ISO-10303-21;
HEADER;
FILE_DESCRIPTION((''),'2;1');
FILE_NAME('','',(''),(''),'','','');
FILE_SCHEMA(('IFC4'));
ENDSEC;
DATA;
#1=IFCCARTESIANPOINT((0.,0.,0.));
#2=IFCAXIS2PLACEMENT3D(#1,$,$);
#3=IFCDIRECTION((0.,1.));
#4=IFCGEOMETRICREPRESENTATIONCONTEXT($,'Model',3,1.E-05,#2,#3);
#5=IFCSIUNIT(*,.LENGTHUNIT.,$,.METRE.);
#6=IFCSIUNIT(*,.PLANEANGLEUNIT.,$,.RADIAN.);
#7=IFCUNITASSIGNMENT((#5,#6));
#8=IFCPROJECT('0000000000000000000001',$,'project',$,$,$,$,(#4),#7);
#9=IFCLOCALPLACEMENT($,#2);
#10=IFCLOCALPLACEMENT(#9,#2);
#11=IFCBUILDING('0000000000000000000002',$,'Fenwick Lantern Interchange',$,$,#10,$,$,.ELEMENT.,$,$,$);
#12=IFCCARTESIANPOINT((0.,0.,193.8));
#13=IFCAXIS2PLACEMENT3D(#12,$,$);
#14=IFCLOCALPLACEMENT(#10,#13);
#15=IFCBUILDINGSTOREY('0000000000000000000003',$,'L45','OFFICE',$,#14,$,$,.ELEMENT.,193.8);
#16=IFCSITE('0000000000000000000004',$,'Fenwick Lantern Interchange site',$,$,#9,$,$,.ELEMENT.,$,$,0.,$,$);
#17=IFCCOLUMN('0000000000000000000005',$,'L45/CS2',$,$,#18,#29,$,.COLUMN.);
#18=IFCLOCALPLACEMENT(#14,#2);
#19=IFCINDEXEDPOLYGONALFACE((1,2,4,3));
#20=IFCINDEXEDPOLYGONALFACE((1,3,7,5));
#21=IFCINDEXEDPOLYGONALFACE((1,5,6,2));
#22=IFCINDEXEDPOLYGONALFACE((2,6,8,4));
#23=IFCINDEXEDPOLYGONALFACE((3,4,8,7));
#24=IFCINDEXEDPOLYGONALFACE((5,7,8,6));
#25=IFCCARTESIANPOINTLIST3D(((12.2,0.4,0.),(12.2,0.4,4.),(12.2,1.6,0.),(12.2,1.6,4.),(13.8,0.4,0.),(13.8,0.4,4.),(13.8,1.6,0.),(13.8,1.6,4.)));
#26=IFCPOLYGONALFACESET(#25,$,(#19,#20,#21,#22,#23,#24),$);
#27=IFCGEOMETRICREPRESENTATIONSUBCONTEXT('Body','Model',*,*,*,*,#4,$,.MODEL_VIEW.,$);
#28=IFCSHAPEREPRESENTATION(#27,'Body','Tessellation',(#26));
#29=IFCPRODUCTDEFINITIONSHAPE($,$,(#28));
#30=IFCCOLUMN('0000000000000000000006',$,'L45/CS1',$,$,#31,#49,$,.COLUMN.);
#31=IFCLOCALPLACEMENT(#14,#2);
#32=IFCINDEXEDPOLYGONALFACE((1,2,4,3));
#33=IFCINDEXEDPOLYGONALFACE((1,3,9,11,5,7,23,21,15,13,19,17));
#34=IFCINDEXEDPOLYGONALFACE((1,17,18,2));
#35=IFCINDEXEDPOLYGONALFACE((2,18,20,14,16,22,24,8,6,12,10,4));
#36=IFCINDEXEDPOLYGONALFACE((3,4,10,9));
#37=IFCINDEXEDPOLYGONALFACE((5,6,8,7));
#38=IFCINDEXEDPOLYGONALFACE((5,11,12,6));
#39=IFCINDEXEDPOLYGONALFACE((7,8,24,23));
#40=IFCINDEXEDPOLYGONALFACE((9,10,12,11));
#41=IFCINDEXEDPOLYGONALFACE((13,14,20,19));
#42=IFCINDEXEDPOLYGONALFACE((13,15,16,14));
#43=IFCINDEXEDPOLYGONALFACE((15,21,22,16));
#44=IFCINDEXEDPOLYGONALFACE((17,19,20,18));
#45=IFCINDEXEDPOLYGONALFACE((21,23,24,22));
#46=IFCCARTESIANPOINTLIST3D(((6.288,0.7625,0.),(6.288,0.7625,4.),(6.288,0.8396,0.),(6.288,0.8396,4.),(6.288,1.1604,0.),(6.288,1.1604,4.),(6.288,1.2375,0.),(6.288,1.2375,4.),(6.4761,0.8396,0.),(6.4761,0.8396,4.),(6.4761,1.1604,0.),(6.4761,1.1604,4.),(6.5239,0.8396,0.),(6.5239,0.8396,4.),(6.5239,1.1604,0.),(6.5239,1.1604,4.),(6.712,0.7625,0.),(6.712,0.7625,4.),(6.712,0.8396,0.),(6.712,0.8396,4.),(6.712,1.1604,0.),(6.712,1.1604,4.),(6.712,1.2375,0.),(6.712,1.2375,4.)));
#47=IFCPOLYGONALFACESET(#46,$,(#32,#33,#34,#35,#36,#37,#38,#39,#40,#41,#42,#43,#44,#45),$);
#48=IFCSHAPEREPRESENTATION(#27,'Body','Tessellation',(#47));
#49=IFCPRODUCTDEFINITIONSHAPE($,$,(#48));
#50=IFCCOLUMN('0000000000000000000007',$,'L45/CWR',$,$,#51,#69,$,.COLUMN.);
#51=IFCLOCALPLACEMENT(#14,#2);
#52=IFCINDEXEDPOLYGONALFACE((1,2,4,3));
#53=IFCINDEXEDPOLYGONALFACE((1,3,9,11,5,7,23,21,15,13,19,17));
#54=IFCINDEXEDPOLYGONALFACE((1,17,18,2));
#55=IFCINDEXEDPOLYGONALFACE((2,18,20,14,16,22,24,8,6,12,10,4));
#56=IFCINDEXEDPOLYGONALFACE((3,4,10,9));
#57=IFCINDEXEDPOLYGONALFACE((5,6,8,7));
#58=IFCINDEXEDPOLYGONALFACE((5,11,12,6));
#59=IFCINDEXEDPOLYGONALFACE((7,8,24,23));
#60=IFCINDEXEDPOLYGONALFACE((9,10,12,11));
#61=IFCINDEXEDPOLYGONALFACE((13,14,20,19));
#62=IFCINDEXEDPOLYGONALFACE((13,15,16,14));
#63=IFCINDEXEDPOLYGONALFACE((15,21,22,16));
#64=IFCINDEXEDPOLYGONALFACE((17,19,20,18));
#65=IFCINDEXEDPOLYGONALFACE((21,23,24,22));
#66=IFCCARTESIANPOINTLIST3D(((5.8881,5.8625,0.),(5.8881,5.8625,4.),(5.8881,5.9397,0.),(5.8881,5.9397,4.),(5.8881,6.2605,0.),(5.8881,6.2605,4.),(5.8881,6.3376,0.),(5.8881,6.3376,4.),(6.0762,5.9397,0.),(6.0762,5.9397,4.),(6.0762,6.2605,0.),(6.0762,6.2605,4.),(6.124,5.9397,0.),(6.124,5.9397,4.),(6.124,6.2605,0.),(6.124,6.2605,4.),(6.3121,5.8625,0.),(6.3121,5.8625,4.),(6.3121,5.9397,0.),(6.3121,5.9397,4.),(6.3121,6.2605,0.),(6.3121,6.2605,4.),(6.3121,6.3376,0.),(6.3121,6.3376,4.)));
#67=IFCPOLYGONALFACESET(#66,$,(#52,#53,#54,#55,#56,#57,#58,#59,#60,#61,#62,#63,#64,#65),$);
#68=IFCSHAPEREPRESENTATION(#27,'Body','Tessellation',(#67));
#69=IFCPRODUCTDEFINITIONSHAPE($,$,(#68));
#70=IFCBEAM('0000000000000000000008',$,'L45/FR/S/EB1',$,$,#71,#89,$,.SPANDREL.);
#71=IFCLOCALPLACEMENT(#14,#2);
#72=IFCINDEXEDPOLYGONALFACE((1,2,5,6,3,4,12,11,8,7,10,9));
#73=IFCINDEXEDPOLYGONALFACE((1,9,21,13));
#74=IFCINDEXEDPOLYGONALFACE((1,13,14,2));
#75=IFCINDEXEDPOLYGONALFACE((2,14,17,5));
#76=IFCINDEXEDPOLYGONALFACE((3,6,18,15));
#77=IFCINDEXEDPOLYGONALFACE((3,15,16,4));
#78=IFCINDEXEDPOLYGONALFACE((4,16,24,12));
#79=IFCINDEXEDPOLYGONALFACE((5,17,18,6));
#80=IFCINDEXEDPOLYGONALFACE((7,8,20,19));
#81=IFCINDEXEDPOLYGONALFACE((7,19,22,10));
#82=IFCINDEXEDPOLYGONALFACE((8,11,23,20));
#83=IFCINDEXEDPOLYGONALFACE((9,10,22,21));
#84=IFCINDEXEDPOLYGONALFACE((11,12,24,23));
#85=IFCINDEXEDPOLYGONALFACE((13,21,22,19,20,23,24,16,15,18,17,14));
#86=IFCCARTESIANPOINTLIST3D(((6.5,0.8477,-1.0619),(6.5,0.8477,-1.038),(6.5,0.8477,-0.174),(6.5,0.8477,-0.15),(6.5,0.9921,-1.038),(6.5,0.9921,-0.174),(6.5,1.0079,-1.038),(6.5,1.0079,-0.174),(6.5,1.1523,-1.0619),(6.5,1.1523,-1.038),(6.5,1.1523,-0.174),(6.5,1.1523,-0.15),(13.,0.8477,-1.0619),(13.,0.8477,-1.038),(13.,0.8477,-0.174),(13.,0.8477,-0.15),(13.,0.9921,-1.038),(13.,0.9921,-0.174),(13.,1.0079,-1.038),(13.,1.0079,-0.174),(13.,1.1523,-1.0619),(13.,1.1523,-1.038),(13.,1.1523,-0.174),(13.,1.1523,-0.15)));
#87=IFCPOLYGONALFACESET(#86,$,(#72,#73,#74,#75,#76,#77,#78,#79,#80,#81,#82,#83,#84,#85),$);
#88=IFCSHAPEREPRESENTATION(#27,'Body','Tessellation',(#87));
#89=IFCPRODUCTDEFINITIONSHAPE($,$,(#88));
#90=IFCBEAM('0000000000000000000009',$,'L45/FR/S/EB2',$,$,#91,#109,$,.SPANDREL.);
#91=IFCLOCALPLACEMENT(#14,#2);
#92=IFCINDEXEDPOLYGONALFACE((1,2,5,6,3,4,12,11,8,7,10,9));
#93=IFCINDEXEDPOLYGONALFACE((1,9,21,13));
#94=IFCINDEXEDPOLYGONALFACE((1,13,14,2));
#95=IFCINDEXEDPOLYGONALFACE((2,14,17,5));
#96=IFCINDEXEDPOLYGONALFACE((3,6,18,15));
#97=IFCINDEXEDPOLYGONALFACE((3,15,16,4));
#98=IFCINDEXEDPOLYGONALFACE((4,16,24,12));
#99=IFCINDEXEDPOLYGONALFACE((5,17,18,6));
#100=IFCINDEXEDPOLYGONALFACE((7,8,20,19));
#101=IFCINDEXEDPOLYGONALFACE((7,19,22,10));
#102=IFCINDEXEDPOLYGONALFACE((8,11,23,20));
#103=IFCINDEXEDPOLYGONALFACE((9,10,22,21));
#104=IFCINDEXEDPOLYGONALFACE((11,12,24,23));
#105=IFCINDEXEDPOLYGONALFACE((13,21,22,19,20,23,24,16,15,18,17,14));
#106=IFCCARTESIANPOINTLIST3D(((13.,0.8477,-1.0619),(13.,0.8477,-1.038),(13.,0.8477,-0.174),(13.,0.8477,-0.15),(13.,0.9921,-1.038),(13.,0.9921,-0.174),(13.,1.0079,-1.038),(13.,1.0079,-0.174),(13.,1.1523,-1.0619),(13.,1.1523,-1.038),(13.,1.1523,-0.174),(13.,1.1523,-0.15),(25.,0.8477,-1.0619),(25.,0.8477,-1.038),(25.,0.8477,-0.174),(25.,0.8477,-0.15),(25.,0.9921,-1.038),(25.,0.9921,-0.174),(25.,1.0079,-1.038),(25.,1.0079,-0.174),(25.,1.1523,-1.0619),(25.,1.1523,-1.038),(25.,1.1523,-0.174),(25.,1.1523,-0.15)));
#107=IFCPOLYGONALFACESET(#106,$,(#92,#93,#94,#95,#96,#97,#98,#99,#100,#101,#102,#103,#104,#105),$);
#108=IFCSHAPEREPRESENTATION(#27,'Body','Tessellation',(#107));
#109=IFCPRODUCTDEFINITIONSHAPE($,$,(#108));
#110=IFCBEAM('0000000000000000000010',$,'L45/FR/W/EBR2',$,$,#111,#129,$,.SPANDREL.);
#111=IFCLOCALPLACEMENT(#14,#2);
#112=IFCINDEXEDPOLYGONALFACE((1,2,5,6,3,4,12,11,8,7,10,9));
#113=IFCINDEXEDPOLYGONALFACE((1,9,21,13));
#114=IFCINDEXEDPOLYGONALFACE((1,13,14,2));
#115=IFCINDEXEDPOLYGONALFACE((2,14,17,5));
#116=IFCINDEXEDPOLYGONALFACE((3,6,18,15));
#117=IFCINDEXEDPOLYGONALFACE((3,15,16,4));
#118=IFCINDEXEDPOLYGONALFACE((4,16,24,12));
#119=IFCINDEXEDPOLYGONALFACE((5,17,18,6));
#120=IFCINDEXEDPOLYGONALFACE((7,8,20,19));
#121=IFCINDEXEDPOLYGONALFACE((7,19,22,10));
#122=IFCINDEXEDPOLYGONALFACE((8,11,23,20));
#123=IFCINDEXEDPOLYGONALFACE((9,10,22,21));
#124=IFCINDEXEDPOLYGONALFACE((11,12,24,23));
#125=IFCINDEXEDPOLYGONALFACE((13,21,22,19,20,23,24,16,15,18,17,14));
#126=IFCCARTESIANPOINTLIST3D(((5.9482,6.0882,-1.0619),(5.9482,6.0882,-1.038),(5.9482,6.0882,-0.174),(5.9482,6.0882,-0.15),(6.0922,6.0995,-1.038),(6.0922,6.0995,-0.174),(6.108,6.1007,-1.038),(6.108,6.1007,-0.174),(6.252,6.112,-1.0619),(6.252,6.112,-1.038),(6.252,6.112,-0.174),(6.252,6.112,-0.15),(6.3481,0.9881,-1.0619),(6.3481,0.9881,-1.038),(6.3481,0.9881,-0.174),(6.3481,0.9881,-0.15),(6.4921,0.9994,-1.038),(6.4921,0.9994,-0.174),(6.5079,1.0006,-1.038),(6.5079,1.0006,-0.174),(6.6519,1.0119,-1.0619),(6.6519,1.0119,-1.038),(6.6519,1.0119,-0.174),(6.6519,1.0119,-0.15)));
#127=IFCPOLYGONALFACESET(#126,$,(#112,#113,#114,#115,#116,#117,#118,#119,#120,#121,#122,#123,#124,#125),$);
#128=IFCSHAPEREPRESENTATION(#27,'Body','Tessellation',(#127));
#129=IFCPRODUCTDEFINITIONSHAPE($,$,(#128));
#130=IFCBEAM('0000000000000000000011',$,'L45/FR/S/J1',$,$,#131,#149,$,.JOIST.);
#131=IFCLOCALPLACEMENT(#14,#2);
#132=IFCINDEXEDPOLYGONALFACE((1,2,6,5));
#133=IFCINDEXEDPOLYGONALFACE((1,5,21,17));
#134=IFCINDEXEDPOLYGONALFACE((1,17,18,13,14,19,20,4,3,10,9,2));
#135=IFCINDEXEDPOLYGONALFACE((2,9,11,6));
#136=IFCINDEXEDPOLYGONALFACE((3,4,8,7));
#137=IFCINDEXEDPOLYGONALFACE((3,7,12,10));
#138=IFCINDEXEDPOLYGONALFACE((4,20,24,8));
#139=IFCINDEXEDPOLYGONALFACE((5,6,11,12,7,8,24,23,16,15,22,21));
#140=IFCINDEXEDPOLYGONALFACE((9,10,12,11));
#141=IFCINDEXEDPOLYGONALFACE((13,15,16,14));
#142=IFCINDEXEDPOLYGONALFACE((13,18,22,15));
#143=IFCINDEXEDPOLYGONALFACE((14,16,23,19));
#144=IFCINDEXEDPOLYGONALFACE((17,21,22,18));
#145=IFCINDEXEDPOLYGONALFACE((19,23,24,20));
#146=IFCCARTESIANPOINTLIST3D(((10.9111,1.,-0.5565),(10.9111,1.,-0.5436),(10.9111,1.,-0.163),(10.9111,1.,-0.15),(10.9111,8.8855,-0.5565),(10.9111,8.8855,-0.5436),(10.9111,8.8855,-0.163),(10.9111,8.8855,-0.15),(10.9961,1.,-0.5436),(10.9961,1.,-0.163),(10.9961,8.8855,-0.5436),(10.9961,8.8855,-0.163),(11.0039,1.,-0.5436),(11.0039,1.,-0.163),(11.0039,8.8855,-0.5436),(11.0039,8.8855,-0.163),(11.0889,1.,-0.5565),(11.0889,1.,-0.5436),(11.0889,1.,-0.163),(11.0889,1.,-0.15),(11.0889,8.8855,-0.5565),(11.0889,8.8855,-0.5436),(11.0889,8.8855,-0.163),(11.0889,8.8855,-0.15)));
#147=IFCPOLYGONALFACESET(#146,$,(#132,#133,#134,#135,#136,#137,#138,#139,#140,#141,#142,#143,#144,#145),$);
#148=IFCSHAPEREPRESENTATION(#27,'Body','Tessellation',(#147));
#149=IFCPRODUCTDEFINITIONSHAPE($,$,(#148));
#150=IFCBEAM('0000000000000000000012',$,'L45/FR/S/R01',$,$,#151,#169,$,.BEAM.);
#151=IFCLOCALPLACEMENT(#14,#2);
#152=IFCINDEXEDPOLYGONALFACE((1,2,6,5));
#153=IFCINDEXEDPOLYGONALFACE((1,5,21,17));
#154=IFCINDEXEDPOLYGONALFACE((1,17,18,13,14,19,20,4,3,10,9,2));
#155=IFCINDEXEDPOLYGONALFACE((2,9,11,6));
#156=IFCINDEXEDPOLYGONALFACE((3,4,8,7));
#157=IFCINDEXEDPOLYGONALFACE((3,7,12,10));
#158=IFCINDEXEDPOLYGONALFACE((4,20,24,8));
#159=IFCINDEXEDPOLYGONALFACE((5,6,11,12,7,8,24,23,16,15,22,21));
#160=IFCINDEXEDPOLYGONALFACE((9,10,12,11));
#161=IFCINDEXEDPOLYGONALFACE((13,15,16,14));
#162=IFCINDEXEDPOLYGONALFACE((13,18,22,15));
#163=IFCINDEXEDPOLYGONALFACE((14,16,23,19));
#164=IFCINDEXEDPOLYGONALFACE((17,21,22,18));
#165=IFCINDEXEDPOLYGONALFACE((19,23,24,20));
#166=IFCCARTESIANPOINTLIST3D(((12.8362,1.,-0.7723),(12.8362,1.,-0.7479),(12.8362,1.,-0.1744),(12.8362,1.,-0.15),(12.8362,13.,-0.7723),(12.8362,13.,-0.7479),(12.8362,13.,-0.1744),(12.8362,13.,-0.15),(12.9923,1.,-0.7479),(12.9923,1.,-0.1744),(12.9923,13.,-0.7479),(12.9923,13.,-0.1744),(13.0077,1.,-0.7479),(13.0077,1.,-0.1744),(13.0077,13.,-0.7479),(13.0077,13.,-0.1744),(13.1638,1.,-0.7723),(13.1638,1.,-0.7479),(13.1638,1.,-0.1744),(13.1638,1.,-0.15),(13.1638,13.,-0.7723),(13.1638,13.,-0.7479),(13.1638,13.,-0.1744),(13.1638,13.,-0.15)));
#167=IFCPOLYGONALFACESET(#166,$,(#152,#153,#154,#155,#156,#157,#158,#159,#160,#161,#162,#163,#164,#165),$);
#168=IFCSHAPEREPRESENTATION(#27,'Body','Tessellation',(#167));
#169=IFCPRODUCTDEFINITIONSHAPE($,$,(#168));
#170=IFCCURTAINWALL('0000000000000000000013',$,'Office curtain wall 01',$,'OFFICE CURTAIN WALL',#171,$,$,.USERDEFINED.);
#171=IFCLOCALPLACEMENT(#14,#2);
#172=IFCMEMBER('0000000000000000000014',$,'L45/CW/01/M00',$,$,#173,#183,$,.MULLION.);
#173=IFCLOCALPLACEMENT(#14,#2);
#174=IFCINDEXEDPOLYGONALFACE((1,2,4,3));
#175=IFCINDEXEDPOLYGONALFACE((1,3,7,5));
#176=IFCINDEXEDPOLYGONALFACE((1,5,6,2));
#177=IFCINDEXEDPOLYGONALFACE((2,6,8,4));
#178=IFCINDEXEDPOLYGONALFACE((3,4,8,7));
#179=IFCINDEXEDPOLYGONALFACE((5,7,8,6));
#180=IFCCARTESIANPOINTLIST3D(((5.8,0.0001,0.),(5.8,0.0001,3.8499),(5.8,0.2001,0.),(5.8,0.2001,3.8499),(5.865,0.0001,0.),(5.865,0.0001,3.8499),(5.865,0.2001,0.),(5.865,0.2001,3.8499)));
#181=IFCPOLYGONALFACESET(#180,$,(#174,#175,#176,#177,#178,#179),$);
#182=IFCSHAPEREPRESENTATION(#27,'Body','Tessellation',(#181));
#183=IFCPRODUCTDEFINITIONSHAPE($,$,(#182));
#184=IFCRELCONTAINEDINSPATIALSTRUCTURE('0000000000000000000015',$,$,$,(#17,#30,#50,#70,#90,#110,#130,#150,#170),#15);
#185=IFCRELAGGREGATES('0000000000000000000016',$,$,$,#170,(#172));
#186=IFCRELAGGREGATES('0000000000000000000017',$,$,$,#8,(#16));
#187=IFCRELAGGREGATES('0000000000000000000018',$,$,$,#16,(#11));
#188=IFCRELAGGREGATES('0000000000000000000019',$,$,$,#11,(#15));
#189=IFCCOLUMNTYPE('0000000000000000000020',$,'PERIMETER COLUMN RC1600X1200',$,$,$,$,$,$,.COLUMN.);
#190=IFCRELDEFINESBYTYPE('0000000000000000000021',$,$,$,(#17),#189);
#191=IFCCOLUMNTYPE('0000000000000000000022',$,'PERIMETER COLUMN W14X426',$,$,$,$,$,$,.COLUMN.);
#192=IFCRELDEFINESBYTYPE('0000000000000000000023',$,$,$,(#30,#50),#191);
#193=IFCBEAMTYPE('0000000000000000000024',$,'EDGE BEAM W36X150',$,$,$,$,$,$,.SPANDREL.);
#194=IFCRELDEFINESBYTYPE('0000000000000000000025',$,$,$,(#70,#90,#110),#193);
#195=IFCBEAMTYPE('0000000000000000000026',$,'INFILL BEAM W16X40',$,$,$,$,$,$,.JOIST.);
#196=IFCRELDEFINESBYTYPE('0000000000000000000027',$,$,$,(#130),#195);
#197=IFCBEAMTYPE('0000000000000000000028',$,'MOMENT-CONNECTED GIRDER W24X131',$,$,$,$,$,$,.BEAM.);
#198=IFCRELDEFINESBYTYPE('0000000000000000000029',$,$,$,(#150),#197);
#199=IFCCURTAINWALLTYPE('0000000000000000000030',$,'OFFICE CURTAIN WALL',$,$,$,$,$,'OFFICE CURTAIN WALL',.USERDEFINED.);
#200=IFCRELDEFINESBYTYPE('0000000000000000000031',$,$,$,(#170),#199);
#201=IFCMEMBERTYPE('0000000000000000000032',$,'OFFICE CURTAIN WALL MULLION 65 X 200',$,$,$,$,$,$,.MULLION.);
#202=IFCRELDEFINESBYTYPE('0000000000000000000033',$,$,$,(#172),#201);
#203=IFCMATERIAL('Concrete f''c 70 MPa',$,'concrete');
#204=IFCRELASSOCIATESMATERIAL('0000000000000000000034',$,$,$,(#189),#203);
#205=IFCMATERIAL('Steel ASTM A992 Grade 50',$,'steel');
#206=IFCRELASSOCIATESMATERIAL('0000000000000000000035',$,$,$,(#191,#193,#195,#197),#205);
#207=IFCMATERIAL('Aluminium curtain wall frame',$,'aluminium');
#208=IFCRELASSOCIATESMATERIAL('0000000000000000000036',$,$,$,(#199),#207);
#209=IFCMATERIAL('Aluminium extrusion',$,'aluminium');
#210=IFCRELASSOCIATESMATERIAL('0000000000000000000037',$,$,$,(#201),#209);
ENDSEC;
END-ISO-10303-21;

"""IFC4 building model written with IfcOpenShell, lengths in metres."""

from ifc_helpers import new_model, si_unit, direction, frame, origin, origin_2d, place, context, subcontext, project, spatial, rectangle, i_section, extrude, material, material_profile, profile_set, type_object, element, aggregate, save


model = new_model("IFC4")

# Units and contexts
model_context = context("Model", 3, precision=1e-05, world=origin(), true_north=direction((0.0, 1.0)))
body_context = subcontext(model_context, "Body", "Model", "MODEL_VIEW")
ifc_project = project(units=[si_unit("LENGTHUNIT", "METRE"), si_unit("PLANEANGLEUNIT", "RADIAN")], contexts=[model_context])

# Site, building, storey
site_placement = place(None, origin())
site = spatial("IfcSite", under=ifc_project, at=site_placement, Name="Fenwick Lantern Interchange site", CompositionType="ELEMENT", RefElevation=0.0)
building_placement = place(site_placement, origin())
building = spatial("IfcBuilding", under=site, at=building_placement, Name="Fenwick Lantern Interchange", CompositionType="ELEMENT")
storey_placement = place(building_placement, frame((0.0, 0.0, 193.8)))
storey = spatial("IfcBuildingStorey", under=building, at=storey_placement, Name="L45", Description="OFFICE", CompositionType="ELEMENT", Elevation=193.8)

# Columns
ifc_material_1 = material(Name="Concrete f'c 70 MPa", Category="concrete")
ifc_material_profile_1 = material_profile(ifc_material_1, rectangle(XDim=1.6001, YDim=1.2, at=origin_2d()), Name="RC1600X1200")
ifc_profile_set_1 = profile_set([ifc_material_profile_1], Name="Concrete f'c 70 MPa")
column_type_1 = type_object("IfcColumnType", Name="PERIMETER COLUMN RC1600X1200", PredefinedType="COLUMN", material=ifc_profile_set_1)
column_placement = place(storey_placement, frame((13.0, 1.0, 0.0), z_axis=(0.0, 0.0, 1.0), x_axis=(1.0, 0.0, 0.0)))
element("IfcColumn", 1, at=column_placement, inside=storey, type_object=column_type_1, Name="L45/CS2", PredefinedType="COLUMN", context=body_context, shape_type="SweptSolid", body=[
    extrude(rectangle(XDim=1.6001, YDim=1.2, at=origin_2d()), origin(), (0.0, 0.0, 1.0), 4.0),
])
ifc_material_2 = material(Name="Steel ASTM A992 Grade 50", Category="steel")
ifc_material_profile_2 = material_profile(ifc_material_2, i_section(OverallWidth=0.4241, OverallDepth=0.4751, WebThickness=0.0479, FlangeThickness=0.0771, at=origin_2d()), Name="W14X426")
ifc_profile_set_2 = profile_set([ifc_material_profile_2], Name="Steel ASTM A992 Grade 50")
column_type_2 = type_object("IfcColumnType", Name="PERIMETER COLUMN W14X426", PredefinedType="COLUMN", material=ifc_profile_set_2)
for number, where, z_axis, x_axis, name in (
    (2, (6.5, 1.0, 0.0), (0.0, 0.0, 1.0), (1.0, 0.0, 0.0), "L45/CS1"),
    (3, (6.1001, 6.1001, 0.0), (0.0, 0.0, 1.0), (1.0, 0.0, 0.0), "L45/CWR"),
):
    element("IfcColumn", number, at=place(storey_placement, frame(where, z_axis=z_axis, x_axis=x_axis)), inside=storey, type_object=column_type_2, Name=name, PredefinedType="COLUMN", context=body_context, shape_type="SweptSolid", body=[
        extrude(i_section(OverallWidth=0.4241, OverallDepth=0.4751, WebThickness=0.0479, FlangeThickness=0.0771, at=origin_2d()), origin(), (0.0, 0.0, 1.0), 4.0),
    ])

# Beams
ifc_material_profile_3 = material_profile(ifc_material_2, i_section(OverallWidth=0.3047, OverallDepth=0.9119, WebThickness=0.0159, FlangeThickness=0.0239, at=origin_2d()), Name="W36X150")
ifc_profile_set_3 = profile_set([ifc_material_profile_3], Name="Steel ASTM A992 Grade 50")
beam_type_1 = type_object("IfcBeamType", Name="EDGE BEAM W36X150", PredefinedType="SPANDREL", material=ifc_profile_set_3)
beam_1_placement = place(storey_placement, frame((6.5, 1.0, -0.606), z_axis=(1.0, 0.0, 0.0), x_axis=(0.0, 1.0, 0.0)))
element("IfcBeam", 4, at=beam_1_placement, inside=storey, type_object=beam_type_1, Name="L45/FR/S/EB1", PredefinedType="SPANDREL", context=body_context, shape_type="SweptSolid", body=[
    extrude(i_section(OverallWidth=0.3047, OverallDepth=0.9119, WebThickness=0.0159, FlangeThickness=0.0239, at=origin_2d()), origin(), (0.0, 0.0, 1.0), 6.5),
])
beam_2_placement = place(storey_placement, frame((13.0, 1.0, -0.606), z_axis=(1.0, 0.0, 0.0), x_axis=(0.0, 1.0, 0.0)))
element("IfcBeam", 5, at=beam_2_placement, inside=storey, type_object=beam_type_1, Name="L45/FR/S/EB2", PredefinedType="SPANDREL", context=body_context, shape_type="SweptSolid", body=[
    extrude(i_section(OverallWidth=0.3047, OverallDepth=0.9119, WebThickness=0.0159, FlangeThickness=0.0239, at=origin_2d()), origin(), (0.0, 0.0, 1.0), 12.0),
])
beam_3_placement = place(storey_placement, frame((6.1001, 6.1001, -0.606), z_axis=(0.078171, -0.99694, 0.0), x_axis=(0.99694, 0.078171, 0.0)))
element("IfcBeam", 6, at=beam_3_placement, inside=storey, type_object=beam_type_1, Name="L45/FR/W/EBR2", PredefinedType="SPANDREL", context=body_context, shape_type="SweptSolid", body=[
    extrude(i_section(OverallWidth=0.3047, OverallDepth=0.9119, WebThickness=0.0159, FlangeThickness=0.0239, at=origin_2d()), origin(), (0.0, 0.0, 1.0), 5.1157),
])
ifc_material_profile_4 = material_profile(ifc_material_2, i_section(OverallWidth=0.1777, OverallDepth=0.4065, WebThickness=0.0078, FlangeThickness=0.0129, at=origin_2d()), Name="W16X40")
ifc_profile_set_4 = profile_set([ifc_material_profile_4], Name="Steel ASTM A992 Grade 50")
beam_type_2 = type_object("IfcBeamType", Name="INFILL BEAM W16X40", PredefinedType="JOIST", material=ifc_profile_set_4)
beam_4_placement = place(storey_placement, frame((11.0, 1.0, -0.3533), z_axis=(0.0, 1.0, 0.0), x_axis=(-1.0, 0.0, 0.0)))
element("IfcBeam", 7, at=beam_4_placement, inside=storey, type_object=beam_type_2, Name="L45/FR/S/J1", PredefinedType="JOIST", context=body_context, shape_type="SweptSolid", body=[
    extrude(i_section(OverallWidth=0.1777, OverallDepth=0.4065, WebThickness=0.0078, FlangeThickness=0.0129, at=origin_2d()), origin(), (0.0, 0.0, 1.0), 7.8855),
])
ifc_material_profile_5 = material_profile(ifc_material_2, i_section(OverallWidth=0.3276, OverallDepth=0.6223, WebThickness=0.0154, FlangeThickness=0.0244, at=origin_2d()), Name="W24X131")
ifc_profile_set_5 = profile_set([ifc_material_profile_5], Name="Steel ASTM A992 Grade 50")
beam_type_3 = type_object("IfcBeamType", Name="MOMENT-CONNECTED GIRDER W24X131", PredefinedType="BEAM", material=ifc_profile_set_5)
beam_5_placement = place(storey_placement, frame((13.0, 1.0, -0.4612), z_axis=(0.0, 1.0, 0.0), x_axis=(-1.0, 0.0, 0.0)))
element("IfcBeam", 8, at=beam_5_placement, inside=storey, type_object=beam_type_3, Name="L45/FR/S/R01", PredefinedType="BEAM", context=body_context, shape_type="SweptSolid", body=[
    extrude(i_section(OverallWidth=0.3276, OverallDepth=0.6223, WebThickness=0.0154, FlangeThickness=0.0244, at=origin_2d()), origin(), (0.0, 0.0, 1.0), 12.0),
])

# Curtain wall, member
ifc_material_3 = material(Name="Aluminium curtain wall frame", Category="aluminium")
curtain_wall_type = type_object("IfcCurtainWallType", Name="OFFICE CURTAIN WALL", ElementType="OFFICE CURTAIN WALL", PredefinedType="USERDEFINED", material=ifc_material_3)
curtain_wall_1_placement = place(storey_placement, origin())
curtain_wall_1 = element("IfcCurtainWall", 9, at=curtain_wall_1_placement, inside=storey, type_object=curtain_wall_type, Name="Office curtain wall 01", ObjectType="OFFICE CURTAIN WALL", PredefinedType="USERDEFINED")
ifc_material_4 = material(Name="Aluminium extrusion", Category="aluminium")
ifc_material_profile_6 = material_profile(ifc_material_4, rectangle(XDim=0.2, YDim=0.0649, at=origin_2d()), Name="OFFICE CURTAIN WALL MULLION 65 X 200")
ifc_profile_set_6 = profile_set([ifc_material_profile_6], Name="Aluminium extrusion")
member_type_1 = type_object("IfcMemberType", Name="OFFICE CURTAIN WALL MULLION 65 X 200", PredefinedType="MULLION", material=ifc_profile_set_6)
member_1_placement = place(storey_placement, frame((5.8325, 0.1001, 0.0), z_axis=(0.0, 0.0, 1.0), x_axis=(0.0, 1.0, 0.0)))
member_1 = element("IfcMember", 10, at=member_1_placement, type_object=member_type_1, Name="L45/CW/01/M00", PredefinedType="MULLION", context=body_context, shape_type="SweptSolid", body=[
    extrude(rectangle(XDim=0.2, YDim=0.0649, at=origin_2d()), origin(), (0.0, 0.0, 1.0), 3.8499),
])

aggregate(curtain_wall_1, [member_1])

save(model, "model.ifc")
